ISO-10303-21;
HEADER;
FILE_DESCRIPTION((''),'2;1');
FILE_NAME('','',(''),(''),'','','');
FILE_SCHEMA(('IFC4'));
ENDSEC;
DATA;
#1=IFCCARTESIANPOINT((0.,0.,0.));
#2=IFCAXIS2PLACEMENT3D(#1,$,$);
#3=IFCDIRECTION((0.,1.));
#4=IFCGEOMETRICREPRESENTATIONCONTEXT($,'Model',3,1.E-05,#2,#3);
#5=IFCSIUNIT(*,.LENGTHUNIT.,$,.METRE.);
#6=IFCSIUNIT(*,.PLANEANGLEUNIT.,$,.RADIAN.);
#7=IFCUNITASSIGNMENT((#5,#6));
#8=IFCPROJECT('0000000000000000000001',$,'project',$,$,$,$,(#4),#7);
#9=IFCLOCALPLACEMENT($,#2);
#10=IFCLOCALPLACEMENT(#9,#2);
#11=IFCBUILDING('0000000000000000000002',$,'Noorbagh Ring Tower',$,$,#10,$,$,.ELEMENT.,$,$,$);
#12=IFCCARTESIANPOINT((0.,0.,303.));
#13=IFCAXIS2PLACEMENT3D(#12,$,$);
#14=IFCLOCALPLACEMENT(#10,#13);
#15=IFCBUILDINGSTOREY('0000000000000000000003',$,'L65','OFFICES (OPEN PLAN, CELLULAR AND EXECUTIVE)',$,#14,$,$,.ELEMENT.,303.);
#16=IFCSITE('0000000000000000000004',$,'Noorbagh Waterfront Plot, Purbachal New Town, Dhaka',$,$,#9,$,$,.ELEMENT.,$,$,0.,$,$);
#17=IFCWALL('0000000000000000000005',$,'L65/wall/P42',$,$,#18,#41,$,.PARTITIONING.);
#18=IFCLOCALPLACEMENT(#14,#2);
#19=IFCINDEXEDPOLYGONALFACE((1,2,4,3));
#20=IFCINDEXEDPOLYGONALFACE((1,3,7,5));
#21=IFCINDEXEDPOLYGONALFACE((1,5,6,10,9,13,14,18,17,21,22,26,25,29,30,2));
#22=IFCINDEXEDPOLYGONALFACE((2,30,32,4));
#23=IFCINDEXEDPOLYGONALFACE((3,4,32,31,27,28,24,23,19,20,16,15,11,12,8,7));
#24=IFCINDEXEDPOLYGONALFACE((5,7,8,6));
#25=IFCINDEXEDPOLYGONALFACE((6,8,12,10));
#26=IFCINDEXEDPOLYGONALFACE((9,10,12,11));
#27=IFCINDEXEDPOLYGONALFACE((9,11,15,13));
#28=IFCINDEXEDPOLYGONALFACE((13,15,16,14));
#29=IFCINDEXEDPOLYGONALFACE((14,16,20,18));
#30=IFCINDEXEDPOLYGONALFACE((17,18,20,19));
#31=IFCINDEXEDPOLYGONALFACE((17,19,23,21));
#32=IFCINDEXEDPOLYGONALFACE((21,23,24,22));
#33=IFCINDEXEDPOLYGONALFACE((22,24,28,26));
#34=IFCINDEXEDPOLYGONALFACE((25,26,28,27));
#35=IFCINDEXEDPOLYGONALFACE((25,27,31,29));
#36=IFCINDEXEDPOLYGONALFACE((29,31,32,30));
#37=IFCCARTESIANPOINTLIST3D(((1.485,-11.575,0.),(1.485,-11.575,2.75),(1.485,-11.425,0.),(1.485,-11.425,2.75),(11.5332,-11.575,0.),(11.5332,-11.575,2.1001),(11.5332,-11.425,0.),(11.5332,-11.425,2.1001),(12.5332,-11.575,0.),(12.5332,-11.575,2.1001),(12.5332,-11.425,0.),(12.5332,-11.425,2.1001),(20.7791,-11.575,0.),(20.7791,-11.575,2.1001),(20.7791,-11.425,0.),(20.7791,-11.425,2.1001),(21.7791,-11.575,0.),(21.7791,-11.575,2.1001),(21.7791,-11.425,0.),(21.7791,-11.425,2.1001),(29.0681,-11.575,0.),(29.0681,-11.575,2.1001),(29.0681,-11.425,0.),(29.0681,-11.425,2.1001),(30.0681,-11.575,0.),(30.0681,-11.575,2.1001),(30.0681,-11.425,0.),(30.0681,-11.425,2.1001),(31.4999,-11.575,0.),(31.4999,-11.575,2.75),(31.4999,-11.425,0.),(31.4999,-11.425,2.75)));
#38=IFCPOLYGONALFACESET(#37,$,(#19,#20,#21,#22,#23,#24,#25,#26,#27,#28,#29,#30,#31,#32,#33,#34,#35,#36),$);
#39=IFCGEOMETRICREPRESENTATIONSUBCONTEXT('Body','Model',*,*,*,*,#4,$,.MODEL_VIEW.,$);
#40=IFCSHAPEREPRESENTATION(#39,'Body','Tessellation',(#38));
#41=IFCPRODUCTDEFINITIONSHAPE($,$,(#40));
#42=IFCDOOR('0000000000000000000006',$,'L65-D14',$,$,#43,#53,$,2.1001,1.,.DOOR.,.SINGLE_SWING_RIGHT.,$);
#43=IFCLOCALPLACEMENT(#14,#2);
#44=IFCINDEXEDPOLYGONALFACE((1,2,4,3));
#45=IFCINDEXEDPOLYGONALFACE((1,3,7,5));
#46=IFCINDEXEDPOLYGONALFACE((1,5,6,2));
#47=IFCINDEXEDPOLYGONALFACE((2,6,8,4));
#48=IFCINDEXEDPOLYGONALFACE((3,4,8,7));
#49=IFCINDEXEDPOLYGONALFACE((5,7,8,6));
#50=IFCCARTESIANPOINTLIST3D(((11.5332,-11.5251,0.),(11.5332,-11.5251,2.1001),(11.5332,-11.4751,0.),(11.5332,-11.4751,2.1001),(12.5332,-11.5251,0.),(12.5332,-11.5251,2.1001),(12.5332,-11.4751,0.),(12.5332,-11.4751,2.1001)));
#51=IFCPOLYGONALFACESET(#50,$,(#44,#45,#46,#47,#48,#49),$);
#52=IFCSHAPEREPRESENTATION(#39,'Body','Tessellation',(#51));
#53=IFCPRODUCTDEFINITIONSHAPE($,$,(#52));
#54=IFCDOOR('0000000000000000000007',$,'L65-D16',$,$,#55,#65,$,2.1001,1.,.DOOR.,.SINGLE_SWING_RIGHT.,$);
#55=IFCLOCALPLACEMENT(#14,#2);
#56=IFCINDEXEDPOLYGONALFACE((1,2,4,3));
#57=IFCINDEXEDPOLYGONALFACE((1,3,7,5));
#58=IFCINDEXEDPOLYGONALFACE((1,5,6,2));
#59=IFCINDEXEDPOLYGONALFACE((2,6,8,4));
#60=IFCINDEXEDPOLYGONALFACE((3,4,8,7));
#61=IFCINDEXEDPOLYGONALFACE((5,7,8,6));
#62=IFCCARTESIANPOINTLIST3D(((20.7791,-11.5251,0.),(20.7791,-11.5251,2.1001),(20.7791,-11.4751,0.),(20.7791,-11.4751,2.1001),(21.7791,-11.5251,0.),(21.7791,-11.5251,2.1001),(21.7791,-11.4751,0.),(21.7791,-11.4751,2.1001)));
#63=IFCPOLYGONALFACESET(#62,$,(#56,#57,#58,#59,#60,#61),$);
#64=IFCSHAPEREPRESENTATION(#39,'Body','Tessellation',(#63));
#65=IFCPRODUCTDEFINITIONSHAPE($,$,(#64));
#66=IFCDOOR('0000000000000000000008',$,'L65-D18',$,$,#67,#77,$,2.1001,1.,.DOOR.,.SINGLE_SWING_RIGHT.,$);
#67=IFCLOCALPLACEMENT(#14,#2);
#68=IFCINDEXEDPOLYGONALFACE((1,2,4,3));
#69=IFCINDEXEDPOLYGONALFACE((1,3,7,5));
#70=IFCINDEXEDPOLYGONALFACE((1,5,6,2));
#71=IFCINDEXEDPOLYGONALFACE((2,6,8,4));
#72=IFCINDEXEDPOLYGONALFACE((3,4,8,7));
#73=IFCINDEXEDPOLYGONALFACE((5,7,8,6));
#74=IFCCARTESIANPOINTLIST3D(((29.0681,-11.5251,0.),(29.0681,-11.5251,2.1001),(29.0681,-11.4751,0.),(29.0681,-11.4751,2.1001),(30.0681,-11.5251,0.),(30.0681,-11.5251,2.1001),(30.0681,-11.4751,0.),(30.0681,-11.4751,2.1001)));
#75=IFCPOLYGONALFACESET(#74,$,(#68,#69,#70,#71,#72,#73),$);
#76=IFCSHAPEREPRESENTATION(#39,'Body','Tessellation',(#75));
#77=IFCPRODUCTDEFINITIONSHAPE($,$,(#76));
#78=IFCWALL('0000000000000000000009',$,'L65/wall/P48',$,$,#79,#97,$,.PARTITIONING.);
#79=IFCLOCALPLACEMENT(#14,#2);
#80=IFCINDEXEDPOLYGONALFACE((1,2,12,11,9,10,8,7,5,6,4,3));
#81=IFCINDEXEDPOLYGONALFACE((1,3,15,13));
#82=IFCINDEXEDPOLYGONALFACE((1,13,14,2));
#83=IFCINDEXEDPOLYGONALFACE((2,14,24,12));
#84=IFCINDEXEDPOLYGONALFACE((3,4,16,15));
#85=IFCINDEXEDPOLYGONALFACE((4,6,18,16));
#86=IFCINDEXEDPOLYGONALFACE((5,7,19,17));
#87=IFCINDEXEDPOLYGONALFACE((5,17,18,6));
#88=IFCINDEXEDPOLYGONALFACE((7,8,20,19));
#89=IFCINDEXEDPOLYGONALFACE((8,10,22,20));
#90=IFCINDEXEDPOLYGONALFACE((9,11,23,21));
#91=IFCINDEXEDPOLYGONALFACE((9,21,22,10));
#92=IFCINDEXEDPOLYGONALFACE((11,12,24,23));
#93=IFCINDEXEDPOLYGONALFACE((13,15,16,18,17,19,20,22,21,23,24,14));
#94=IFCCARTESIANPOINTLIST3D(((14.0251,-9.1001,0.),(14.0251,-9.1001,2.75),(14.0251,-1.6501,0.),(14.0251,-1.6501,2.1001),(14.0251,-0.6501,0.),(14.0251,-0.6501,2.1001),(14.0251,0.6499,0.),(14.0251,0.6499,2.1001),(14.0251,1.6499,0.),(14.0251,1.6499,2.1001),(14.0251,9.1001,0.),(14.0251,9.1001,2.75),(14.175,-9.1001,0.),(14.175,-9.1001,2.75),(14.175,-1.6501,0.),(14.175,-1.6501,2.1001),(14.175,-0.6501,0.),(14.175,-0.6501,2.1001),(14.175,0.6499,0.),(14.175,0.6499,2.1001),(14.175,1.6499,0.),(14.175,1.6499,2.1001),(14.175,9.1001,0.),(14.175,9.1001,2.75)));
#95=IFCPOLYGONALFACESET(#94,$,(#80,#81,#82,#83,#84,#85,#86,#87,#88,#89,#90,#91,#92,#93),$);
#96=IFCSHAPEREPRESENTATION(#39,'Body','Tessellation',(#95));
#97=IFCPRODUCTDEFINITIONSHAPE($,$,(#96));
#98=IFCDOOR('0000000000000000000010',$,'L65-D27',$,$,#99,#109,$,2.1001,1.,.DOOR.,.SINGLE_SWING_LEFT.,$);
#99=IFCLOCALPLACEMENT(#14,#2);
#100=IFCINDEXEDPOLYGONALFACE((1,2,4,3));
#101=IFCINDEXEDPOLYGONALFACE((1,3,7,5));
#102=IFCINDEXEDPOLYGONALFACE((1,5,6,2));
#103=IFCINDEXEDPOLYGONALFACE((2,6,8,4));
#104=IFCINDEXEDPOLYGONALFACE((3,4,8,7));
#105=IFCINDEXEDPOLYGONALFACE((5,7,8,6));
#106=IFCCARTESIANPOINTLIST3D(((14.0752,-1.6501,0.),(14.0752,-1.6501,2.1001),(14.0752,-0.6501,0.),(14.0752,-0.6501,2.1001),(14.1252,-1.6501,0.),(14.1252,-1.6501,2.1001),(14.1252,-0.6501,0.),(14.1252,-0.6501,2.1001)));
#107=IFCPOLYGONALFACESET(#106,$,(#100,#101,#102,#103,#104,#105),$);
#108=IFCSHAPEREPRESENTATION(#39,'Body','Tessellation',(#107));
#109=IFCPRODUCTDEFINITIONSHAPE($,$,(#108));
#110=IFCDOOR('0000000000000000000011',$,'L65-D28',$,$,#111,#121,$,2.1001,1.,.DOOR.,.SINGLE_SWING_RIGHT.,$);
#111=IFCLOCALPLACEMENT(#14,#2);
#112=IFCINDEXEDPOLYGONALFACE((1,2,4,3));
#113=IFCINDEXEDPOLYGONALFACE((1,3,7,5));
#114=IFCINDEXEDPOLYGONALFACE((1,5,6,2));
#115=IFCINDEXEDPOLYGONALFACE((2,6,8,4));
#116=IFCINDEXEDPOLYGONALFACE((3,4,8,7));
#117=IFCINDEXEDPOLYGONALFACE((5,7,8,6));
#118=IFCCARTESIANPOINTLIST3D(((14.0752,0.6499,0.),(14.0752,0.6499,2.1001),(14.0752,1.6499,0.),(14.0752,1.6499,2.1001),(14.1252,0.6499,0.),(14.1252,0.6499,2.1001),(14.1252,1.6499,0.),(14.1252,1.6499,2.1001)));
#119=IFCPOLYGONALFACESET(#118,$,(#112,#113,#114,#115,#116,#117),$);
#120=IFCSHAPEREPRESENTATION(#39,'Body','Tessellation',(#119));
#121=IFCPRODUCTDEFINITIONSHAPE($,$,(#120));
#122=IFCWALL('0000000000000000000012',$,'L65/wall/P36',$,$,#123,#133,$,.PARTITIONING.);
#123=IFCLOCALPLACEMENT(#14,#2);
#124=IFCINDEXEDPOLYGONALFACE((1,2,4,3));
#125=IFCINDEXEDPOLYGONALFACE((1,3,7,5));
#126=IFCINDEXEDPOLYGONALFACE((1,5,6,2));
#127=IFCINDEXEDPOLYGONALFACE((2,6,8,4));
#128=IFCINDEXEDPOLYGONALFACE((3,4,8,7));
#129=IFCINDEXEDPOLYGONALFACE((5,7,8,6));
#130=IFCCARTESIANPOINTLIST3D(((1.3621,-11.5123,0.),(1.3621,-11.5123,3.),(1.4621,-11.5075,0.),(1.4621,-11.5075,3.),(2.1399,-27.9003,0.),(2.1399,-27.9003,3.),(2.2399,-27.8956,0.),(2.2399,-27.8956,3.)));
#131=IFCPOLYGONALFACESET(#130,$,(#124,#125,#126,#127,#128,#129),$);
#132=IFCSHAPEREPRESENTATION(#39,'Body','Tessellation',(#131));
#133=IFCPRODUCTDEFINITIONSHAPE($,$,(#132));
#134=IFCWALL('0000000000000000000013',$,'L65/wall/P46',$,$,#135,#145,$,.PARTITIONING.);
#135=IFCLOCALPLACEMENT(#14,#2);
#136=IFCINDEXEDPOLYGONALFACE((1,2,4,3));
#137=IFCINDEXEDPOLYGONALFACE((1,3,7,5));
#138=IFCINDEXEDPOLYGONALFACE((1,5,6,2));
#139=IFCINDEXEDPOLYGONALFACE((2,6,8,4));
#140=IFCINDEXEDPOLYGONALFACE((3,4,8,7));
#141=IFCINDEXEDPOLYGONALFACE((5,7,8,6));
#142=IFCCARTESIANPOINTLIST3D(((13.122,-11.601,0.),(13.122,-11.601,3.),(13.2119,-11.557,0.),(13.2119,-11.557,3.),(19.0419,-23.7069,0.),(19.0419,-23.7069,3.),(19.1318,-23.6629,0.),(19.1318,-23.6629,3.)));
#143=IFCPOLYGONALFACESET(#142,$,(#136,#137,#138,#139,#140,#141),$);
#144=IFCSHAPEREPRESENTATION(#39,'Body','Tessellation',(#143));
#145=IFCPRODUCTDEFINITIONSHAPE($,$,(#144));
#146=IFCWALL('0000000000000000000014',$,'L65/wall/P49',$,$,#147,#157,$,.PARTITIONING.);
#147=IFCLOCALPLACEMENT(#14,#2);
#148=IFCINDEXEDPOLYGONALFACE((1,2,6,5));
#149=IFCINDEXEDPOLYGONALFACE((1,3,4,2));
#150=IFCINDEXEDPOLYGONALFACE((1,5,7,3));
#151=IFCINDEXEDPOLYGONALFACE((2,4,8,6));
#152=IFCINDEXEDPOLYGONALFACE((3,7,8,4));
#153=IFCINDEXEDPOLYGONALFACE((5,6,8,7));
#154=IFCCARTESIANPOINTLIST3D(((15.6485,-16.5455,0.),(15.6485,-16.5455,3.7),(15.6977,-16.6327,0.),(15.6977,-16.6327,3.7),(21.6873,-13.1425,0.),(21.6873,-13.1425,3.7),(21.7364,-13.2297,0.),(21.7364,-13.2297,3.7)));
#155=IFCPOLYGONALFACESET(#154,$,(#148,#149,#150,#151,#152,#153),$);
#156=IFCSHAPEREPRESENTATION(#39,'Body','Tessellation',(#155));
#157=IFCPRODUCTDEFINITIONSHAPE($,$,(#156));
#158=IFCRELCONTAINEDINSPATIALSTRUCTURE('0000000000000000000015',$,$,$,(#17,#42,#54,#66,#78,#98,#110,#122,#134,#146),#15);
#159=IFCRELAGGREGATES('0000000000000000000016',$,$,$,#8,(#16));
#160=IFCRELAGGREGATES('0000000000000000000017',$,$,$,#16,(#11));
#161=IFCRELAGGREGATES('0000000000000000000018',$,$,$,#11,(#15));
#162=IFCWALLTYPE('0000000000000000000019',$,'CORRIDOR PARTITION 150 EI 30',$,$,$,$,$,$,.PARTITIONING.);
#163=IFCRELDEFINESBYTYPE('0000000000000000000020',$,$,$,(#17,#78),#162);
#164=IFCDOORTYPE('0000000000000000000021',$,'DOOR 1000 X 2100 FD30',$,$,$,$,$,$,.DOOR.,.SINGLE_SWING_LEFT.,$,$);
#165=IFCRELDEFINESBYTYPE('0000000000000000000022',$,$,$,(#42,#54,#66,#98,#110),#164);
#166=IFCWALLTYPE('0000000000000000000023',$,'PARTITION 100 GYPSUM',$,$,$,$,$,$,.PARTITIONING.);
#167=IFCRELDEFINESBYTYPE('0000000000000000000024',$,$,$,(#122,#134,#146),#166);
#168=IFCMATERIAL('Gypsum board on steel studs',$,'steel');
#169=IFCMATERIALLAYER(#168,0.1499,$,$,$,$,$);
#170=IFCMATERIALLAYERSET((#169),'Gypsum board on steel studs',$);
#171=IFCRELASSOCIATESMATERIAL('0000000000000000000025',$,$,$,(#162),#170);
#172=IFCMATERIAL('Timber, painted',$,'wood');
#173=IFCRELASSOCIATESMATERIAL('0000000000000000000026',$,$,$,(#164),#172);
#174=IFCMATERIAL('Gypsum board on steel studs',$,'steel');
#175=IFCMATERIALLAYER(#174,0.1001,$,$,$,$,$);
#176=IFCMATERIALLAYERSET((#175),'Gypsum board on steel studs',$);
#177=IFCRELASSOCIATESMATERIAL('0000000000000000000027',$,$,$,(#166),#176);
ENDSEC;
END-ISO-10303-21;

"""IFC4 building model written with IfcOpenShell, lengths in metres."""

from ifc_helpers import new_model, si_unit, direction, frame, frame_2d, origin, place, context, subcontext, project, spatial, rectangle, extrude, material, layer, layer_set, type_object, element, fill, save


model = new_model("IFC4")

# Units and contexts
model_context = context("Model", 3, precision=1e-05, world=origin(), true_north=direction((0.0, 1.0)))
body_context = subcontext(model_context, "Body", "Model", "MODEL_VIEW")
ifc_project = project(units=[si_unit("LENGTHUNIT", "METRE"), si_unit("PLANEANGLEUNIT", "RADIAN")], contexts=[model_context])

# Site, building, storey
site_placement = place(None, origin())
site = spatial("IfcSite", under=ifc_project, at=site_placement, Name="Noorbagh Waterfront Plot, Purbachal New Town, Dhaka", CompositionType="ELEMENT", RefElevation=0.0)
building_placement = place(site_placement, origin())
building = spatial("IfcBuilding", under=site, at=building_placement, Name="Noorbagh Ring Tower", CompositionType="ELEMENT")
storey_placement = place(building_placement, frame((0.0, 0.0, 303.0)))
storey = spatial("IfcBuildingStorey", under=building, at=storey_placement, Name="L65", Description="OFFICES (OPEN PLAN, CELLULAR AND EXECUTIVE)", CompositionType="ELEMENT", Elevation=303.0)

# Shared definitions
ifc_material_1 = material(Name="Gypsum board on steel studs", Category="steel")
ifc_layer_1 = layer(ifc_material_1, 0.1499)
ifc_layer_set_1 = layer_set([ifc_layer_1], Name="Gypsum board on steel studs")
wall_type_1 = type_object("IfcWallType", Name="CORRIDOR PARTITION 150 EI 30", PredefinedType="PARTITIONING", material=ifc_layer_set_1)

# Shared definitions
ifc_material_2 = material(Name="Timber, painted", Category="wood")
door_type = type_object("IfcDoorType", Name="DOOR 1000 X 2100 FD30", OperationType="SINGLE_SWING_LEFT", PredefinedType="DOOR", material=ifc_material_2)

# Walls, openings, doors
wall_1_placement = place(storey_placement, frame((1.4851, -11.5, 0.0), z_axis=(0.0, 0.0, 1.0), x_axis=(1.0, 0.0, 0.0)))
wall_1 = element("IfcWall", 1, at=wall_1_placement, inside=storey, type_object=wall_type_1, Name="L65/wall/P42", PredefinedType="PARTITIONING", context=body_context, shape_type="SweptSolid", body=[
    extrude(rectangle(XDim=30.0149, YDim=0.1499, at=frame_2d((15.0073, 0.0))), origin(), (0.0, 0.0, 1.0), 2.75),
])
opening_1_placement = place(wall_1_placement, frame((10.0481, 0.0, 0.0)))
opening_1 = element("IfcOpeningElement", 2, at=opening_1_placement, cuts=wall_1, PredefinedType="OPENING", context=body_context, shape_type="SweptSolid", body=[
    extrude(rectangle(XDim=1.0, YDim=2.1001, at=frame_2d((0.5, 1.05))), frame((0.0, 0.085, 0.0), z_axis=(0.0, -1.0, 0.0), x_axis=(1.0, 0.0, 0.0)), (0.0, 0.0, 1.0), 0.1699),
])
opening_2_placement = place(wall_1_placement, frame((19.2939, 0.0, 0.0)))
opening_2 = element("IfcOpeningElement", 3, at=opening_2_placement, cuts=wall_1, PredefinedType="OPENING", context=body_context, shape_type="SweptSolid", body=[
    extrude(rectangle(XDim=1.0, YDim=2.1001, at=frame_2d((0.5, 1.05))), frame((0.0, 0.085, 0.0), z_axis=(0.0, -1.0, 0.0), x_axis=(1.0, 0.0, 0.0)), (0.0, 0.0, 1.0), 0.1699),
])
opening_3_placement = place(wall_1_placement, frame((27.583, 0.0, 0.0)))
opening_3 = element("IfcOpeningElement", 4, at=opening_3_placement, cuts=wall_1, PredefinedType="OPENING", context=body_context, shape_type="SweptSolid", body=[
    extrude(rectangle(XDim=1.0, YDim=2.1001, at=frame_2d((0.5, 1.05))), frame((0.0, 0.085, 0.0), z_axis=(0.0, -1.0, 0.0), x_axis=(1.0, 0.0, 0.0)), (0.0, 0.0, 1.0), 0.1699),
])
door_1_placement = place(opening_1_placement, origin())
door_1 = element("IfcDoor", 5, at=door_1_placement, inside=storey, type_object=door_type, Name="L65-D14", OperationType="SINGLE_SWING_RIGHT", OverallHeight=2.1001, OverallWidth=1.0, PredefinedType="DOOR", context=body_context, shape_type="SweptSolid", body=[
    extrude(rectangle(XDim=1.0, YDim=2.1001, at=frame_2d((0.5, 1.05))), frame((0.0, 0.0249, 0.0), z_axis=(0.0, -1.0, 0.0), x_axis=(1.0, 0.0, 0.0)), (0.0, 0.0, 1.0), 0.05),
])
fill(opening_1, door_1)
door_2_placement = place(opening_2_placement, origin())
door_2 = element("IfcDoor", 6, at=door_2_placement, inside=storey, type_object=door_type, Name="L65-D16", OperationType="SINGLE_SWING_RIGHT", OverallHeight=2.1001, OverallWidth=1.0, PredefinedType="DOOR", context=body_context, shape_type="SweptSolid", body=[
    extrude(rectangle(XDim=1.0, YDim=2.1001, at=frame_2d((0.5, 1.05))), frame((0.0, 0.0249, 0.0), z_axis=(0.0, -1.0, 0.0), x_axis=(1.0, 0.0, 0.0)), (0.0, 0.0, 1.0), 0.05),
])
fill(opening_2, door_2)
door_3_placement = place(opening_3_placement, origin())
door_3 = element("IfcDoor", 7, at=door_3_placement, inside=storey, type_object=door_type, Name="L65-D18", OperationType="SINGLE_SWING_RIGHT", OverallHeight=2.1001, OverallWidth=1.0, PredefinedType="DOOR", context=body_context, shape_type="SweptSolid", body=[
    extrude(rectangle(XDim=1.0, YDim=2.1001, at=frame_2d((0.5, 1.05))), frame((0.0, 0.0249, 0.0), z_axis=(0.0, -1.0, 0.0), x_axis=(1.0, 0.0, 0.0)), (0.0, 0.0, 1.0), 0.05),
])
fill(opening_3, door_3)
wall_2_placement = place(storey_placement, frame((14.1001, -9.1001, 0.0), z_axis=(0.0, 0.0, 1.0), x_axis=(0.0, 1.0, 0.0)))
wall_2 = element("IfcWall", 8, at=wall_2_placement, inside=storey, type_object=wall_type_1, Name="L65/wall/P48", PredefinedType="PARTITIONING", context=body_context, shape_type="SweptSolid", body=[
    extrude(rectangle(XDim=18.2002, YDim=0.1499, at=frame_2d((9.1001, 0.0))), origin(), (0.0, 0.0, 1.0), 2.75),
])
opening_4_placement = place(wall_2_placement, frame((7.45, 0.0, 0.0)))
opening_4 = element("IfcOpeningElement", 9, at=opening_4_placement, cuts=wall_2, PredefinedType="OPENING", context=body_context, shape_type="SweptSolid", body=[
    extrude(rectangle(XDim=1.0, YDim=2.1001, at=frame_2d((0.5, 1.05))), frame((0.0, 0.085, 0.0), z_axis=(0.0, -1.0, 0.0), x_axis=(1.0, 0.0, 0.0)), (0.0, 0.0, 1.0), 0.1699),
])
opening_5_placement = place(wall_2_placement, frame((9.75, 0.0, 0.0)))
opening_5 = element("IfcOpeningElement", 10, at=opening_5_placement, cuts=wall_2, PredefinedType="OPENING", context=body_context, shape_type="SweptSolid", body=[
    extrude(rectangle(XDim=1.0, YDim=2.1001, at=frame_2d((0.5, 1.05))), frame((0.0, 0.085, 0.0), z_axis=(0.0, -1.0, 0.0), x_axis=(1.0, 0.0, 0.0)), (0.0, 0.0, 1.0), 0.1699),
])
door_4_placement = place(opening_4_placement, origin())
door_4 = element("IfcDoor", 11, at=door_4_placement, inside=storey, type_object=door_type, Name="L65-D27", OperationType="SINGLE_SWING_LEFT", OverallHeight=2.1001, OverallWidth=1.0, PredefinedType="DOOR", context=body_context, shape_type="SweptSolid", body=[
    extrude(rectangle(XDim=1.0, YDim=2.1001, at=frame_2d((0.5, 1.05))), frame((0.0, 0.0249, 0.0), z_axis=(0.0, -1.0, 0.0), x_axis=(1.0, 0.0, 0.0)), (0.0, 0.0, 1.0), 0.05),
])
fill(opening_4, door_4)
door_5_placement = place(opening_5_placement, origin())
door_5 = element("IfcDoor", 12, at=door_5_placement, inside=storey, type_object=door_type, Name="L65-D28", OperationType="SINGLE_SWING_RIGHT", OverallHeight=2.1001, OverallWidth=1.0, PredefinedType="DOOR", context=body_context, shape_type="SweptSolid", body=[
    extrude(rectangle(XDim=1.0, YDim=2.1001, at=frame_2d((0.5, 1.05))), frame((0.0, 0.0249, 0.0), z_axis=(0.0, -1.0, 0.0), x_axis=(1.0, 0.0, 0.0)), (0.0, 0.0, 1.0), 0.05),
])
fill(opening_5, door_5)

# Walls
ifc_material_3 = material(Name="Gypsum board on steel studs", Category="steel")
ifc_layer_2 = layer(ifc_material_3, 0.1001)
ifc_layer_set_2 = layer_set([ifc_layer_2], Name="Gypsum board on steel studs")
wall_type_2 = type_object("IfcWallType", Name="PARTITION 100 GYPSUM", PredefinedType="PARTITIONING", material=ifc_layer_set_2)
wall_3_placement = place(storey_placement, frame((1.4121, -11.51, 0.0), z_axis=(0.0, 0.0, 1.0), x_axis=(0.04741, -0.998875, 0.0)))
element("IfcWall", 13, at=wall_3_placement, inside=storey, type_object=wall_type_2, Name="L65/wall/P36", PredefinedType="PARTITIONING", context=body_context, shape_type="SweptSolid", body=[
    extrude(rectangle(XDim=16.4065, YDim=0.1001, at=frame_2d((8.2031, 0.0))), origin(), (0.0, 0.0, 1.0), 3.0),
])
wall_4_placement = place(storey_placement, frame((13.167, -11.5791, 0.0), z_axis=(0.0, 0.0, 1.0), x_axis=(0.439297, -0.898342, 0.0)))
element("IfcWall", 14, at=wall_4_placement, inside=storey, type_object=wall_type_2, Name="L65/wall/P46", PredefinedType="PARTITIONING", context=body_context, shape_type="SweptSolid", body=[
    extrude(rectangle(XDim=13.4758, YDim=0.1001, at=frame_2d((6.7378, 0.0))), origin(), (0.0, 0.0, 1.0), 3.0),
])
wall_5_placement = place(storey_placement, frame((15.6731, -16.5891, 0.0), z_axis=(0.0, 0.0, 1.0), x_axis=(0.871191, 0.490945, 0.0)))
element("IfcWall", 15, at=wall_5_placement, inside=storey, type_object=wall_type_2, Name="L65/wall/P49", PredefinedType="PARTITIONING", context=body_context, shape_type="SweptSolid", body=[
    extrude(rectangle(XDim=6.9316, YDim=0.1001, at=frame_2d((3.4658, 0.0))), origin(), (0.0, 0.0, 1.0), 3.7),
])

save(model, "model.ifc")
